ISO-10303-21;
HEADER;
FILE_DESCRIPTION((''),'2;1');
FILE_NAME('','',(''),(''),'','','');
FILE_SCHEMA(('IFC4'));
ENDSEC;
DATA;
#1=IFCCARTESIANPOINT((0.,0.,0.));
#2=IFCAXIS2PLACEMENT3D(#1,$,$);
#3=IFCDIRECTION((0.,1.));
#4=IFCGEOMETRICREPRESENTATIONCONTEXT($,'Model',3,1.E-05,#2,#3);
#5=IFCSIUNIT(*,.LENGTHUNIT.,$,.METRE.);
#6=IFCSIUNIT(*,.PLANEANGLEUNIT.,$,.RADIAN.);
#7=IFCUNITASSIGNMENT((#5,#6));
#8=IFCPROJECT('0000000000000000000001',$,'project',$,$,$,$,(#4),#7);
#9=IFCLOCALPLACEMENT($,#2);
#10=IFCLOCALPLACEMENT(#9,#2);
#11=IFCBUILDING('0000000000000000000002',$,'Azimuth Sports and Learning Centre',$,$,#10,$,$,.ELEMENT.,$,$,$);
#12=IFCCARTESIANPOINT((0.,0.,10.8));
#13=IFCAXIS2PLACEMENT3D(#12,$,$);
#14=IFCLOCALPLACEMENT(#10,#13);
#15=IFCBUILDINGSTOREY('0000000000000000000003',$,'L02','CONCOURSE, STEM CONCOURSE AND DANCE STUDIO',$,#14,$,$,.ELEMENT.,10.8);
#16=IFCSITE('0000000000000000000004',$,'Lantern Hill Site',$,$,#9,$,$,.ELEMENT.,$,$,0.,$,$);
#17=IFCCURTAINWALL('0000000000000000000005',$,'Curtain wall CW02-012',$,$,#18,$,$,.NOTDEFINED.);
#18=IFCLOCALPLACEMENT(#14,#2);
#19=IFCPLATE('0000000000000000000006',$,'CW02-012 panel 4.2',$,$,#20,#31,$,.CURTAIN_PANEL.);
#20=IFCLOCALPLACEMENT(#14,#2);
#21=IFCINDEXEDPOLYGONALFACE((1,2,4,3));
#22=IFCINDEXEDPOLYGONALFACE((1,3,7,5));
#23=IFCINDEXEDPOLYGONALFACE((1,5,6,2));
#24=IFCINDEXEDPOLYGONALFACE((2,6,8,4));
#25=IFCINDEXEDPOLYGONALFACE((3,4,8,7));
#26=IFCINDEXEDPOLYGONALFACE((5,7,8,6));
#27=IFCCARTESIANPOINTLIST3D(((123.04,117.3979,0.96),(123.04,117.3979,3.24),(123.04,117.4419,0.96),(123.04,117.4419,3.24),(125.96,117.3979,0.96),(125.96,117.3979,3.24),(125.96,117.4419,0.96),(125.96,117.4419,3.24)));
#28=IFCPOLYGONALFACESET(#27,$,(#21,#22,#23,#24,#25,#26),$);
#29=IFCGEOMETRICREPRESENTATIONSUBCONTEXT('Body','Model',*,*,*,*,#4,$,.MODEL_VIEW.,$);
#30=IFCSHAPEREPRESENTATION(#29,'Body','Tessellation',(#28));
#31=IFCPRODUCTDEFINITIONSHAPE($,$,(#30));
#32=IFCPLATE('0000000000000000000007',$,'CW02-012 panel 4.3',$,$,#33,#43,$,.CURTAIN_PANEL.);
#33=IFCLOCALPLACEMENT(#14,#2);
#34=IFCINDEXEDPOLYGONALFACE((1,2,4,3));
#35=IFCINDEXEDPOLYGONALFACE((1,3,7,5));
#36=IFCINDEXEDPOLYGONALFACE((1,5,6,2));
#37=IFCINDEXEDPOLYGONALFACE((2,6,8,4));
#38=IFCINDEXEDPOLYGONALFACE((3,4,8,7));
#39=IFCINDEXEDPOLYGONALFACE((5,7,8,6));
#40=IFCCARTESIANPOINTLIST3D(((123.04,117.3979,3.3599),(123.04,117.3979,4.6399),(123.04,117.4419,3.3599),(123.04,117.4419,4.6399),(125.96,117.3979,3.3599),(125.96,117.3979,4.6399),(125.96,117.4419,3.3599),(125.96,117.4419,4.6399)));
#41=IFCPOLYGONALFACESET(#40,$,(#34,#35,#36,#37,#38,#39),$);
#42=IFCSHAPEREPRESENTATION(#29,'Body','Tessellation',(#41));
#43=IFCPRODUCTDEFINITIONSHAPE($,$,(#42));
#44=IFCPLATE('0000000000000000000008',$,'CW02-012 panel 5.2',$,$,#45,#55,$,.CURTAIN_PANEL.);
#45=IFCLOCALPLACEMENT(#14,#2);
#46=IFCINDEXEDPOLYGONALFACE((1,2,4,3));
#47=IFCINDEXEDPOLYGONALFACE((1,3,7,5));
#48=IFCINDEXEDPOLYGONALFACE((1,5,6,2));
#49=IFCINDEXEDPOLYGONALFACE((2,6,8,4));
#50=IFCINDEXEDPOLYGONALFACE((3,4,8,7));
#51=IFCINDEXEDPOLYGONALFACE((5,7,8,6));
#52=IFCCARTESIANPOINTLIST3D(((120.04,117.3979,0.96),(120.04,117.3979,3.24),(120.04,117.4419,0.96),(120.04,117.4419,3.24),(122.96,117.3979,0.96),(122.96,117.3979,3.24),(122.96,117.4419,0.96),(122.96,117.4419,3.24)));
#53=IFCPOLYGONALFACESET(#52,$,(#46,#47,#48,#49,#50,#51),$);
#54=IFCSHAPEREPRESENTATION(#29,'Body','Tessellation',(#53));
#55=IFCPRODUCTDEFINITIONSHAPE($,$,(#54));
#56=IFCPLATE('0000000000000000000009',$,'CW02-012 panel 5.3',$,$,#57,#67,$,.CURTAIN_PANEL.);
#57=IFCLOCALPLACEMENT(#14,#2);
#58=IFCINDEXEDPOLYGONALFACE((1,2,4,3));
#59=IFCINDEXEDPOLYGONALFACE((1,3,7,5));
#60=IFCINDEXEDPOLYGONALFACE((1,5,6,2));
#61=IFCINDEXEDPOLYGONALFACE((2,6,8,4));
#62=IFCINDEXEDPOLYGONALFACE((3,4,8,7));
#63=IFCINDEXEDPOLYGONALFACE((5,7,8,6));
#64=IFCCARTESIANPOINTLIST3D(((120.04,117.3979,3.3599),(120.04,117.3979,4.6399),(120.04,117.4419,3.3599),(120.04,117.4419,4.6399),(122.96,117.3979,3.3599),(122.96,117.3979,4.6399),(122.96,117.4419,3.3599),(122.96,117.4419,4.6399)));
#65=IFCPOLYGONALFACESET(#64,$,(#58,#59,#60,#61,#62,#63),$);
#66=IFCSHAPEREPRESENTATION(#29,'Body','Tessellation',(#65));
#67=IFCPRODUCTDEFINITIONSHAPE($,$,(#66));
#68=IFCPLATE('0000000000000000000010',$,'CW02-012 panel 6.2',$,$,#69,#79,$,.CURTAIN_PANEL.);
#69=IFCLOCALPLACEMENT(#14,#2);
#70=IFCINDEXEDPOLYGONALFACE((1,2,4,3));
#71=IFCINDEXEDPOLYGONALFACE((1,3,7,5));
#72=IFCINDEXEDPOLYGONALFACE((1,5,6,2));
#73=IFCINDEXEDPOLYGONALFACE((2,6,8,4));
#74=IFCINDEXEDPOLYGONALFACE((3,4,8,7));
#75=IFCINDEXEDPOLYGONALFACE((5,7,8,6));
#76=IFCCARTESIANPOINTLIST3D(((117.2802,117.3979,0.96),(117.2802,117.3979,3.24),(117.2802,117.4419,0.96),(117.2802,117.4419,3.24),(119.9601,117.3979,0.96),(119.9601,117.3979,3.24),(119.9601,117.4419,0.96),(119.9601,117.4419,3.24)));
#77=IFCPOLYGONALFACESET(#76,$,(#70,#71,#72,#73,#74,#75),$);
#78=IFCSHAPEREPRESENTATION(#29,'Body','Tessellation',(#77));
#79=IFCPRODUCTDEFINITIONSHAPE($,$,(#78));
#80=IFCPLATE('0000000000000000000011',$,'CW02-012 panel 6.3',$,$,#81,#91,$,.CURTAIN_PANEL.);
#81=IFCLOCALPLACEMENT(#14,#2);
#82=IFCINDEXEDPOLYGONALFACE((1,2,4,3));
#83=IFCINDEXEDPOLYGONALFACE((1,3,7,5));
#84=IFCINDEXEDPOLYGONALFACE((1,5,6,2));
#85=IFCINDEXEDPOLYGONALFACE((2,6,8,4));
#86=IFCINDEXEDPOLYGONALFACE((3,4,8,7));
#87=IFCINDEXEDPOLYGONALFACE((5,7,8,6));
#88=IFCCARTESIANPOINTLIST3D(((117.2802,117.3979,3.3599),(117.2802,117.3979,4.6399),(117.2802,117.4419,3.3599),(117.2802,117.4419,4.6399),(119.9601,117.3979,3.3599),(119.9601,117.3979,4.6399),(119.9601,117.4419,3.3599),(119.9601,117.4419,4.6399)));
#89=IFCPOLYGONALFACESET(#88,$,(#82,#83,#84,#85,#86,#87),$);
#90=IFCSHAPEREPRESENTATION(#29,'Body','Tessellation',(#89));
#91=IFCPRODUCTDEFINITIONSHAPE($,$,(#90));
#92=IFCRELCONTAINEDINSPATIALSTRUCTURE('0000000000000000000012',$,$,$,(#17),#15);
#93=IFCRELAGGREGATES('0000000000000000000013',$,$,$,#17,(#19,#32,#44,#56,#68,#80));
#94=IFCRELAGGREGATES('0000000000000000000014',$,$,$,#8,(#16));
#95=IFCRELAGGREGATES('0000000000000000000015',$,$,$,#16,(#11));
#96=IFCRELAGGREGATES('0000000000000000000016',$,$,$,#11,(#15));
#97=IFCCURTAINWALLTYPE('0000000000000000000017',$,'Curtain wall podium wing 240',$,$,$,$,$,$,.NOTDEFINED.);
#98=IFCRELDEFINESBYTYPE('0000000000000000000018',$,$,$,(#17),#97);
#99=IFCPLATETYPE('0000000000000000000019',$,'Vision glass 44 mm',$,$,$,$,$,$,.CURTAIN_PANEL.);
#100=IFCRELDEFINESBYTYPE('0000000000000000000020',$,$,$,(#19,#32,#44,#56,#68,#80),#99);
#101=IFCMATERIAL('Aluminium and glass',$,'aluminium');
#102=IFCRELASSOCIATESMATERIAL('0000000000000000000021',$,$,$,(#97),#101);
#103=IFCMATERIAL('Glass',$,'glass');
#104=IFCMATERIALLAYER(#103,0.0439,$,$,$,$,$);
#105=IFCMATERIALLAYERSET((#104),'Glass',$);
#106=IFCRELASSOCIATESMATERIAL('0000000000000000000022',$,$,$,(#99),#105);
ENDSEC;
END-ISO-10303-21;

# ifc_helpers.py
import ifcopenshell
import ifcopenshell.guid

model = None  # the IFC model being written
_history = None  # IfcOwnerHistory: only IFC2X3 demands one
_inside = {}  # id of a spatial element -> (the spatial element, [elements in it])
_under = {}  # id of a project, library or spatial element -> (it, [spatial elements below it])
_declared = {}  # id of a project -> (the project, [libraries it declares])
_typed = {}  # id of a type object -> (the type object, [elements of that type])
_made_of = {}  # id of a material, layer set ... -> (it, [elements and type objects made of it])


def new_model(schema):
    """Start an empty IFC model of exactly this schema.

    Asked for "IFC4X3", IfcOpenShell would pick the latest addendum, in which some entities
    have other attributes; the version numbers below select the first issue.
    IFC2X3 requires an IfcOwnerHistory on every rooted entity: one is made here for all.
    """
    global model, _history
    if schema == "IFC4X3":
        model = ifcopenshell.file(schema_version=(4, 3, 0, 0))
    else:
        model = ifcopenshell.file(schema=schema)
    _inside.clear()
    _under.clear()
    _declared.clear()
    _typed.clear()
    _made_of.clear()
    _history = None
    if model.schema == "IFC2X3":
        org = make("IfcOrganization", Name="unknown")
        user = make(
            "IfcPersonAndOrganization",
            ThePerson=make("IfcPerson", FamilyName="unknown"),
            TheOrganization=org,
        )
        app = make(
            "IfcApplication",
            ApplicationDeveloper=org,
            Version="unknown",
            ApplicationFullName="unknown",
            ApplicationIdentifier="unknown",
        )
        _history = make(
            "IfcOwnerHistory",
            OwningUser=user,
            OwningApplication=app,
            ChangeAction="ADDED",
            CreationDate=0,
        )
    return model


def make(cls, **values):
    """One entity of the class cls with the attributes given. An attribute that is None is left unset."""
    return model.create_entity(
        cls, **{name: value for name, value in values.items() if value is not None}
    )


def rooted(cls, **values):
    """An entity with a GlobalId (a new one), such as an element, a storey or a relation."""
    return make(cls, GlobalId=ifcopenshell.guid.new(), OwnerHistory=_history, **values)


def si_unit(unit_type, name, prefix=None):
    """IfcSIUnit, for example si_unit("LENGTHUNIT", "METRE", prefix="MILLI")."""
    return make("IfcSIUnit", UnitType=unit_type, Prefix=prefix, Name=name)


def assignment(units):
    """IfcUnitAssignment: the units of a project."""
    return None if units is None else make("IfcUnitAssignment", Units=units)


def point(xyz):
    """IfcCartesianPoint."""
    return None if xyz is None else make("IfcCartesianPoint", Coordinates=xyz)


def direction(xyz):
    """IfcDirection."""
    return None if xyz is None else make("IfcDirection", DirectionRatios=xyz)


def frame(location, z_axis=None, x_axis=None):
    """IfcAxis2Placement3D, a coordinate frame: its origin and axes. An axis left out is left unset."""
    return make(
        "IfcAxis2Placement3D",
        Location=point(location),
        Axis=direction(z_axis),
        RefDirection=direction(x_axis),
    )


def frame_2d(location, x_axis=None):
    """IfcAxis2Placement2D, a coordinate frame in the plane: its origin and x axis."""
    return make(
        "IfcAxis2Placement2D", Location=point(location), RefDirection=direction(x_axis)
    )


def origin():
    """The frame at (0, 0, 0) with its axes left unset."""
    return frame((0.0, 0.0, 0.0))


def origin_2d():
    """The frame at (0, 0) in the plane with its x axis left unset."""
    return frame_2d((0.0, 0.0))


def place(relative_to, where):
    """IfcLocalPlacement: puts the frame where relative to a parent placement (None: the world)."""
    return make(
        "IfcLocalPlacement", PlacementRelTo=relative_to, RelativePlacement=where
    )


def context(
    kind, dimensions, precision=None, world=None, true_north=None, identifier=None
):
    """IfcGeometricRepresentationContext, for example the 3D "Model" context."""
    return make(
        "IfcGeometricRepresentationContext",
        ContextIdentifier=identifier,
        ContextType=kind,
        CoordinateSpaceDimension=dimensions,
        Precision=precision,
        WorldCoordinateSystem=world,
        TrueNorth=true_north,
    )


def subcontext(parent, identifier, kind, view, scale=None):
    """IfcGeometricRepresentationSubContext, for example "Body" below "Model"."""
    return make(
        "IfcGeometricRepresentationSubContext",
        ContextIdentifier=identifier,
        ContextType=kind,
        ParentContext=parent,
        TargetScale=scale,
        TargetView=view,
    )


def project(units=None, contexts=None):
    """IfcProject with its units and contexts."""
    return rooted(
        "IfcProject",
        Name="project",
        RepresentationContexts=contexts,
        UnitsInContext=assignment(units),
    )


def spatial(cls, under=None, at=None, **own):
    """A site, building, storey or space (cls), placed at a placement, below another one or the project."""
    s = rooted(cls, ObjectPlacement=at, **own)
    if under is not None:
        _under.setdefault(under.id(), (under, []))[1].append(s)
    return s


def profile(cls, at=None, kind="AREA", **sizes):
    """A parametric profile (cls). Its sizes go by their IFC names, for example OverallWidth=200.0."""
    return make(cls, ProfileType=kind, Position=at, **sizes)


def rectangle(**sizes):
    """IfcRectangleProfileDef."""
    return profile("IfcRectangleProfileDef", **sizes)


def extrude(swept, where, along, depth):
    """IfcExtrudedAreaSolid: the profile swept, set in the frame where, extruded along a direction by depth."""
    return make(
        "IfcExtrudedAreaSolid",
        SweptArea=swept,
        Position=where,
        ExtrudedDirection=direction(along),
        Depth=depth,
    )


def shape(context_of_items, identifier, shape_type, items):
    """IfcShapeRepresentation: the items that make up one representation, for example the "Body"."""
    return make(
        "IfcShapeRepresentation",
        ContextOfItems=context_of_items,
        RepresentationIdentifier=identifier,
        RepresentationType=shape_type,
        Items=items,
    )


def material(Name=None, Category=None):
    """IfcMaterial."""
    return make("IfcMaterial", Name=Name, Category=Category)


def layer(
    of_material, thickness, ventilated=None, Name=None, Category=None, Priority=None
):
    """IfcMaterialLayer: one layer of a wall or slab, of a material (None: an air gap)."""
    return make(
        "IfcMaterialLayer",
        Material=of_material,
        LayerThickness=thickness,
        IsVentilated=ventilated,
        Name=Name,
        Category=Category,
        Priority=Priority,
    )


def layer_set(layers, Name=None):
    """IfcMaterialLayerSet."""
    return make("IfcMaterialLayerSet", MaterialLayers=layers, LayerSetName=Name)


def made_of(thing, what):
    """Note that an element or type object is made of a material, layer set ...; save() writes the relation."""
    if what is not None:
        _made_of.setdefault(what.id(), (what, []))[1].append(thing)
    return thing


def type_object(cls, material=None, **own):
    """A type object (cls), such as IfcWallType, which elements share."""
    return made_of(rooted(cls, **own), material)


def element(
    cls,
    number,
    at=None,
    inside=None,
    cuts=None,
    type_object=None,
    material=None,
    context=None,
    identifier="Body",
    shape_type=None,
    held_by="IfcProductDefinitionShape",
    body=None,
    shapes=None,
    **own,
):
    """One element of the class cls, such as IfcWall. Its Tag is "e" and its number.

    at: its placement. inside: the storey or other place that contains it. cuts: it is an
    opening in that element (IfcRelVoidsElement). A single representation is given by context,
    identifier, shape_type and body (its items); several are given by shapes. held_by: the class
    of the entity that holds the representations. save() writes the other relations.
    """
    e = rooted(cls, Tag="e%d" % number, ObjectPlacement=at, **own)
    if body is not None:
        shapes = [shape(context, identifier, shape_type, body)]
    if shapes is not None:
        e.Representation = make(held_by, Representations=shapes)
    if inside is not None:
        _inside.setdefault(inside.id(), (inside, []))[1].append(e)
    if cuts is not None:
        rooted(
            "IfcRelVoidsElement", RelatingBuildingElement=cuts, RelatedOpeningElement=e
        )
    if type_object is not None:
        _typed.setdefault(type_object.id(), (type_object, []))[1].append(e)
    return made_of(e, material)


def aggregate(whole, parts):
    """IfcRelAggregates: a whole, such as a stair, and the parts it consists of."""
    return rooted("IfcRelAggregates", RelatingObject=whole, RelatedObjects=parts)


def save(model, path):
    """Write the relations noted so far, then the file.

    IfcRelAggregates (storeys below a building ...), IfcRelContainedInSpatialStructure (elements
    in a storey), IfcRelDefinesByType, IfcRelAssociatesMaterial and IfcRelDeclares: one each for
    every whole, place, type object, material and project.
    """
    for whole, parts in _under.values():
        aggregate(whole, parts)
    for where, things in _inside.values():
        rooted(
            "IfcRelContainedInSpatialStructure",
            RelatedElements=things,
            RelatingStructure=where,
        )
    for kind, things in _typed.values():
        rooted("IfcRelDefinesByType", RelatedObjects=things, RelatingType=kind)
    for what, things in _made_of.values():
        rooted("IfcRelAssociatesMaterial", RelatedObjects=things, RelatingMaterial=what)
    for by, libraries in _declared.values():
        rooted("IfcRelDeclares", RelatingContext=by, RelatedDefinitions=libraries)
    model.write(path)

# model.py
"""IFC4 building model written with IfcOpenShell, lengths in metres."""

from ifc_helpers import new_model, si_unit, direction, frame, origin, origin_2d, place, context, subcontext, project, spatial, rectangle, extrude, material, layer, layer_set, type_object, element, aggregate, save


model = new_model("IFC4")

# Units and contexts
model_context = context("Model", 3, precision=1e-05, world=origin(), true_north=direction((0.0, 1.0)))
body_context = subcontext(model_context, "Body", "Model", "MODEL_VIEW")
ifc_project = project(units=[si_unit("LENGTHUNIT", "METRE"), si_unit("PLANEANGLEUNIT", "RADIAN")], contexts=[model_context])

# Site, building, storey
site_placement = place(None, origin())
site = spatial("IfcSite", under=ifc_project, at=site_placement, Name="Lantern Hill Site", CompositionType="ELEMENT", RefElevation=0.0)
building_placement = place(site_placement, origin())
building = spatial("IfcBuilding", under=site, at=building_placement, Name="Azimuth Sports and Learning Centre", CompositionType="ELEMENT")
storey_placement = place(building_placement, frame((0.0, 0.0, 10.8)))
storey = spatial("IfcBuildingStorey", under=building, at=storey_placement, Name="L02", Description="CONCOURSE, STEM CONCOURSE AND DANCE STUDIO", CompositionType="ELEMENT", Elevation=10.8)

# Curtain wall, plates
ifc_material_1 = material(Name="Aluminium and glass", Category="aluminium")
curtain_wall_type = type_object("IfcCurtainWallType", Name="Curtain wall podium wing 240", PredefinedType="NOTDEFINED", material=ifc_material_1)
curtain_wall_placement = place(storey_placement, origin())
curtain_wall = element("IfcCurtainWall", 1, at=curtain_wall_placement, inside=storey, type_object=curtain_wall_type, Name="Curtain wall CW02-012", PredefinedType="NOTDEFINED")
ifc_material_2 = material(Name="Glass", Category="glass")
ifc_layer_1 = layer(ifc_material_2, 0.0439)
ifc_layer_set_1 = layer_set([ifc_layer_1], Name="Glass")
plate_type_1 = type_object("IfcPlateType", Name="Vision glass 44 mm", PredefinedType="CURTAIN_PANEL", material=ifc_layer_set_1)
plate_1_placement = place(storey_placement, frame((124.5, 117.4199, 0.96), z_axis=(0.0, 0.0, 1.0), x_axis=(-1.0, 0.0, 0.0)))
plate_1 = element("IfcPlate", 2, at=plate_1_placement, type_object=plate_type_1, Name="CW02-012 panel 4.2", PredefinedType="CURTAIN_PANEL", context=body_context, shape_type="SweptSolid", body=[
    extrude(rectangle(XDim=2.9199, YDim=0.0439, at=origin_2d()), origin(), (0.0, 0.0, 1.0), 2.28),
])
plate_2_placement = place(storey_placement, frame((124.5, 117.4199, 3.3599), z_axis=(0.0, 0.0, 1.0), x_axis=(-1.0, 0.0, 0.0)))
plate_2 = element("IfcPlate", 3, at=plate_2_placement, type_object=plate_type_1, Name="CW02-012 panel 4.3", PredefinedType="CURTAIN_PANEL", context=body_context, shape_type="SweptSolid", body=[
    extrude(rectangle(XDim=2.9199, YDim=0.0439, at=origin_2d()), origin(), (0.0, 0.0, 1.0), 1.28),
])
plate_3_placement = place(storey_placement, frame((121.5, 117.4199, 0.96), z_axis=(0.0, 0.0, 1.0), x_axis=(-1.0, 0.0, 0.0)))
plate_3 = element("IfcPlate", 4, at=plate_3_placement, type_object=plate_type_1, Name="CW02-012 panel 5.2", PredefinedType="CURTAIN_PANEL", context=body_context, shape_type="SweptSolid", body=[
    extrude(rectangle(XDim=2.9199, YDim=0.0439, at=origin_2d()), origin(), (0.0, 0.0, 1.0), 2.28),
])
plate_4_placement = place(storey_placement, frame((121.5, 117.4199, 3.3599), z_axis=(0.0, 0.0, 1.0), x_axis=(-1.0, 0.0, 0.0)))
plate_4 = element("IfcPlate", 5, at=plate_4_placement, type_object=plate_type_1, Name="CW02-012 panel 5.3", PredefinedType="CURTAIN_PANEL", context=body_context, shape_type="SweptSolid", body=[
    extrude(rectangle(XDim=2.9199, YDim=0.0439, at=origin_2d()), origin(), (0.0, 0.0, 1.0), 1.28),
])
plate_5_placement = place(storey_placement, frame((118.6201, 117.4199, 0.96), z_axis=(0.0, 0.0, 1.0), x_axis=(-1.0, 0.0, 0.0)))
plate_5 = element("IfcPlate", 6, at=plate_5_placement, type_object=plate_type_1, Name="CW02-012 panel 6.2", PredefinedType="CURTAIN_PANEL", context=body_context, shape_type="SweptSolid", body=[
    extrude(rectangle(XDim=2.6799, YDim=0.0439, at=origin_2d()), origin(), (0.0, 0.0, 1.0), 2.28),
])
plate_6_placement = place(storey_placement, frame((118.6201, 117.4199, 3.3599), z_axis=(0.0, 0.0, 1.0), x_axis=(-1.0, 0.0, 0.0)))
plate_6 = element("IfcPlate", 7, at=plate_6_placement, type_object=plate_type_1, Name="CW02-012 panel 6.3", PredefinedType="CURTAIN_PANEL", context=body_context, shape_type="SweptSolid", body=[
    extrude(rectangle(XDim=2.6799, YDim=0.0439, at=origin_2d()), origin(), (0.0, 0.0, 1.0), 1.28),
])
aggregate(curtain_wall, [plate_1, plate_2, plate_3, plate_4, plate_5, plate_6])

save(model, "model.ifc")
